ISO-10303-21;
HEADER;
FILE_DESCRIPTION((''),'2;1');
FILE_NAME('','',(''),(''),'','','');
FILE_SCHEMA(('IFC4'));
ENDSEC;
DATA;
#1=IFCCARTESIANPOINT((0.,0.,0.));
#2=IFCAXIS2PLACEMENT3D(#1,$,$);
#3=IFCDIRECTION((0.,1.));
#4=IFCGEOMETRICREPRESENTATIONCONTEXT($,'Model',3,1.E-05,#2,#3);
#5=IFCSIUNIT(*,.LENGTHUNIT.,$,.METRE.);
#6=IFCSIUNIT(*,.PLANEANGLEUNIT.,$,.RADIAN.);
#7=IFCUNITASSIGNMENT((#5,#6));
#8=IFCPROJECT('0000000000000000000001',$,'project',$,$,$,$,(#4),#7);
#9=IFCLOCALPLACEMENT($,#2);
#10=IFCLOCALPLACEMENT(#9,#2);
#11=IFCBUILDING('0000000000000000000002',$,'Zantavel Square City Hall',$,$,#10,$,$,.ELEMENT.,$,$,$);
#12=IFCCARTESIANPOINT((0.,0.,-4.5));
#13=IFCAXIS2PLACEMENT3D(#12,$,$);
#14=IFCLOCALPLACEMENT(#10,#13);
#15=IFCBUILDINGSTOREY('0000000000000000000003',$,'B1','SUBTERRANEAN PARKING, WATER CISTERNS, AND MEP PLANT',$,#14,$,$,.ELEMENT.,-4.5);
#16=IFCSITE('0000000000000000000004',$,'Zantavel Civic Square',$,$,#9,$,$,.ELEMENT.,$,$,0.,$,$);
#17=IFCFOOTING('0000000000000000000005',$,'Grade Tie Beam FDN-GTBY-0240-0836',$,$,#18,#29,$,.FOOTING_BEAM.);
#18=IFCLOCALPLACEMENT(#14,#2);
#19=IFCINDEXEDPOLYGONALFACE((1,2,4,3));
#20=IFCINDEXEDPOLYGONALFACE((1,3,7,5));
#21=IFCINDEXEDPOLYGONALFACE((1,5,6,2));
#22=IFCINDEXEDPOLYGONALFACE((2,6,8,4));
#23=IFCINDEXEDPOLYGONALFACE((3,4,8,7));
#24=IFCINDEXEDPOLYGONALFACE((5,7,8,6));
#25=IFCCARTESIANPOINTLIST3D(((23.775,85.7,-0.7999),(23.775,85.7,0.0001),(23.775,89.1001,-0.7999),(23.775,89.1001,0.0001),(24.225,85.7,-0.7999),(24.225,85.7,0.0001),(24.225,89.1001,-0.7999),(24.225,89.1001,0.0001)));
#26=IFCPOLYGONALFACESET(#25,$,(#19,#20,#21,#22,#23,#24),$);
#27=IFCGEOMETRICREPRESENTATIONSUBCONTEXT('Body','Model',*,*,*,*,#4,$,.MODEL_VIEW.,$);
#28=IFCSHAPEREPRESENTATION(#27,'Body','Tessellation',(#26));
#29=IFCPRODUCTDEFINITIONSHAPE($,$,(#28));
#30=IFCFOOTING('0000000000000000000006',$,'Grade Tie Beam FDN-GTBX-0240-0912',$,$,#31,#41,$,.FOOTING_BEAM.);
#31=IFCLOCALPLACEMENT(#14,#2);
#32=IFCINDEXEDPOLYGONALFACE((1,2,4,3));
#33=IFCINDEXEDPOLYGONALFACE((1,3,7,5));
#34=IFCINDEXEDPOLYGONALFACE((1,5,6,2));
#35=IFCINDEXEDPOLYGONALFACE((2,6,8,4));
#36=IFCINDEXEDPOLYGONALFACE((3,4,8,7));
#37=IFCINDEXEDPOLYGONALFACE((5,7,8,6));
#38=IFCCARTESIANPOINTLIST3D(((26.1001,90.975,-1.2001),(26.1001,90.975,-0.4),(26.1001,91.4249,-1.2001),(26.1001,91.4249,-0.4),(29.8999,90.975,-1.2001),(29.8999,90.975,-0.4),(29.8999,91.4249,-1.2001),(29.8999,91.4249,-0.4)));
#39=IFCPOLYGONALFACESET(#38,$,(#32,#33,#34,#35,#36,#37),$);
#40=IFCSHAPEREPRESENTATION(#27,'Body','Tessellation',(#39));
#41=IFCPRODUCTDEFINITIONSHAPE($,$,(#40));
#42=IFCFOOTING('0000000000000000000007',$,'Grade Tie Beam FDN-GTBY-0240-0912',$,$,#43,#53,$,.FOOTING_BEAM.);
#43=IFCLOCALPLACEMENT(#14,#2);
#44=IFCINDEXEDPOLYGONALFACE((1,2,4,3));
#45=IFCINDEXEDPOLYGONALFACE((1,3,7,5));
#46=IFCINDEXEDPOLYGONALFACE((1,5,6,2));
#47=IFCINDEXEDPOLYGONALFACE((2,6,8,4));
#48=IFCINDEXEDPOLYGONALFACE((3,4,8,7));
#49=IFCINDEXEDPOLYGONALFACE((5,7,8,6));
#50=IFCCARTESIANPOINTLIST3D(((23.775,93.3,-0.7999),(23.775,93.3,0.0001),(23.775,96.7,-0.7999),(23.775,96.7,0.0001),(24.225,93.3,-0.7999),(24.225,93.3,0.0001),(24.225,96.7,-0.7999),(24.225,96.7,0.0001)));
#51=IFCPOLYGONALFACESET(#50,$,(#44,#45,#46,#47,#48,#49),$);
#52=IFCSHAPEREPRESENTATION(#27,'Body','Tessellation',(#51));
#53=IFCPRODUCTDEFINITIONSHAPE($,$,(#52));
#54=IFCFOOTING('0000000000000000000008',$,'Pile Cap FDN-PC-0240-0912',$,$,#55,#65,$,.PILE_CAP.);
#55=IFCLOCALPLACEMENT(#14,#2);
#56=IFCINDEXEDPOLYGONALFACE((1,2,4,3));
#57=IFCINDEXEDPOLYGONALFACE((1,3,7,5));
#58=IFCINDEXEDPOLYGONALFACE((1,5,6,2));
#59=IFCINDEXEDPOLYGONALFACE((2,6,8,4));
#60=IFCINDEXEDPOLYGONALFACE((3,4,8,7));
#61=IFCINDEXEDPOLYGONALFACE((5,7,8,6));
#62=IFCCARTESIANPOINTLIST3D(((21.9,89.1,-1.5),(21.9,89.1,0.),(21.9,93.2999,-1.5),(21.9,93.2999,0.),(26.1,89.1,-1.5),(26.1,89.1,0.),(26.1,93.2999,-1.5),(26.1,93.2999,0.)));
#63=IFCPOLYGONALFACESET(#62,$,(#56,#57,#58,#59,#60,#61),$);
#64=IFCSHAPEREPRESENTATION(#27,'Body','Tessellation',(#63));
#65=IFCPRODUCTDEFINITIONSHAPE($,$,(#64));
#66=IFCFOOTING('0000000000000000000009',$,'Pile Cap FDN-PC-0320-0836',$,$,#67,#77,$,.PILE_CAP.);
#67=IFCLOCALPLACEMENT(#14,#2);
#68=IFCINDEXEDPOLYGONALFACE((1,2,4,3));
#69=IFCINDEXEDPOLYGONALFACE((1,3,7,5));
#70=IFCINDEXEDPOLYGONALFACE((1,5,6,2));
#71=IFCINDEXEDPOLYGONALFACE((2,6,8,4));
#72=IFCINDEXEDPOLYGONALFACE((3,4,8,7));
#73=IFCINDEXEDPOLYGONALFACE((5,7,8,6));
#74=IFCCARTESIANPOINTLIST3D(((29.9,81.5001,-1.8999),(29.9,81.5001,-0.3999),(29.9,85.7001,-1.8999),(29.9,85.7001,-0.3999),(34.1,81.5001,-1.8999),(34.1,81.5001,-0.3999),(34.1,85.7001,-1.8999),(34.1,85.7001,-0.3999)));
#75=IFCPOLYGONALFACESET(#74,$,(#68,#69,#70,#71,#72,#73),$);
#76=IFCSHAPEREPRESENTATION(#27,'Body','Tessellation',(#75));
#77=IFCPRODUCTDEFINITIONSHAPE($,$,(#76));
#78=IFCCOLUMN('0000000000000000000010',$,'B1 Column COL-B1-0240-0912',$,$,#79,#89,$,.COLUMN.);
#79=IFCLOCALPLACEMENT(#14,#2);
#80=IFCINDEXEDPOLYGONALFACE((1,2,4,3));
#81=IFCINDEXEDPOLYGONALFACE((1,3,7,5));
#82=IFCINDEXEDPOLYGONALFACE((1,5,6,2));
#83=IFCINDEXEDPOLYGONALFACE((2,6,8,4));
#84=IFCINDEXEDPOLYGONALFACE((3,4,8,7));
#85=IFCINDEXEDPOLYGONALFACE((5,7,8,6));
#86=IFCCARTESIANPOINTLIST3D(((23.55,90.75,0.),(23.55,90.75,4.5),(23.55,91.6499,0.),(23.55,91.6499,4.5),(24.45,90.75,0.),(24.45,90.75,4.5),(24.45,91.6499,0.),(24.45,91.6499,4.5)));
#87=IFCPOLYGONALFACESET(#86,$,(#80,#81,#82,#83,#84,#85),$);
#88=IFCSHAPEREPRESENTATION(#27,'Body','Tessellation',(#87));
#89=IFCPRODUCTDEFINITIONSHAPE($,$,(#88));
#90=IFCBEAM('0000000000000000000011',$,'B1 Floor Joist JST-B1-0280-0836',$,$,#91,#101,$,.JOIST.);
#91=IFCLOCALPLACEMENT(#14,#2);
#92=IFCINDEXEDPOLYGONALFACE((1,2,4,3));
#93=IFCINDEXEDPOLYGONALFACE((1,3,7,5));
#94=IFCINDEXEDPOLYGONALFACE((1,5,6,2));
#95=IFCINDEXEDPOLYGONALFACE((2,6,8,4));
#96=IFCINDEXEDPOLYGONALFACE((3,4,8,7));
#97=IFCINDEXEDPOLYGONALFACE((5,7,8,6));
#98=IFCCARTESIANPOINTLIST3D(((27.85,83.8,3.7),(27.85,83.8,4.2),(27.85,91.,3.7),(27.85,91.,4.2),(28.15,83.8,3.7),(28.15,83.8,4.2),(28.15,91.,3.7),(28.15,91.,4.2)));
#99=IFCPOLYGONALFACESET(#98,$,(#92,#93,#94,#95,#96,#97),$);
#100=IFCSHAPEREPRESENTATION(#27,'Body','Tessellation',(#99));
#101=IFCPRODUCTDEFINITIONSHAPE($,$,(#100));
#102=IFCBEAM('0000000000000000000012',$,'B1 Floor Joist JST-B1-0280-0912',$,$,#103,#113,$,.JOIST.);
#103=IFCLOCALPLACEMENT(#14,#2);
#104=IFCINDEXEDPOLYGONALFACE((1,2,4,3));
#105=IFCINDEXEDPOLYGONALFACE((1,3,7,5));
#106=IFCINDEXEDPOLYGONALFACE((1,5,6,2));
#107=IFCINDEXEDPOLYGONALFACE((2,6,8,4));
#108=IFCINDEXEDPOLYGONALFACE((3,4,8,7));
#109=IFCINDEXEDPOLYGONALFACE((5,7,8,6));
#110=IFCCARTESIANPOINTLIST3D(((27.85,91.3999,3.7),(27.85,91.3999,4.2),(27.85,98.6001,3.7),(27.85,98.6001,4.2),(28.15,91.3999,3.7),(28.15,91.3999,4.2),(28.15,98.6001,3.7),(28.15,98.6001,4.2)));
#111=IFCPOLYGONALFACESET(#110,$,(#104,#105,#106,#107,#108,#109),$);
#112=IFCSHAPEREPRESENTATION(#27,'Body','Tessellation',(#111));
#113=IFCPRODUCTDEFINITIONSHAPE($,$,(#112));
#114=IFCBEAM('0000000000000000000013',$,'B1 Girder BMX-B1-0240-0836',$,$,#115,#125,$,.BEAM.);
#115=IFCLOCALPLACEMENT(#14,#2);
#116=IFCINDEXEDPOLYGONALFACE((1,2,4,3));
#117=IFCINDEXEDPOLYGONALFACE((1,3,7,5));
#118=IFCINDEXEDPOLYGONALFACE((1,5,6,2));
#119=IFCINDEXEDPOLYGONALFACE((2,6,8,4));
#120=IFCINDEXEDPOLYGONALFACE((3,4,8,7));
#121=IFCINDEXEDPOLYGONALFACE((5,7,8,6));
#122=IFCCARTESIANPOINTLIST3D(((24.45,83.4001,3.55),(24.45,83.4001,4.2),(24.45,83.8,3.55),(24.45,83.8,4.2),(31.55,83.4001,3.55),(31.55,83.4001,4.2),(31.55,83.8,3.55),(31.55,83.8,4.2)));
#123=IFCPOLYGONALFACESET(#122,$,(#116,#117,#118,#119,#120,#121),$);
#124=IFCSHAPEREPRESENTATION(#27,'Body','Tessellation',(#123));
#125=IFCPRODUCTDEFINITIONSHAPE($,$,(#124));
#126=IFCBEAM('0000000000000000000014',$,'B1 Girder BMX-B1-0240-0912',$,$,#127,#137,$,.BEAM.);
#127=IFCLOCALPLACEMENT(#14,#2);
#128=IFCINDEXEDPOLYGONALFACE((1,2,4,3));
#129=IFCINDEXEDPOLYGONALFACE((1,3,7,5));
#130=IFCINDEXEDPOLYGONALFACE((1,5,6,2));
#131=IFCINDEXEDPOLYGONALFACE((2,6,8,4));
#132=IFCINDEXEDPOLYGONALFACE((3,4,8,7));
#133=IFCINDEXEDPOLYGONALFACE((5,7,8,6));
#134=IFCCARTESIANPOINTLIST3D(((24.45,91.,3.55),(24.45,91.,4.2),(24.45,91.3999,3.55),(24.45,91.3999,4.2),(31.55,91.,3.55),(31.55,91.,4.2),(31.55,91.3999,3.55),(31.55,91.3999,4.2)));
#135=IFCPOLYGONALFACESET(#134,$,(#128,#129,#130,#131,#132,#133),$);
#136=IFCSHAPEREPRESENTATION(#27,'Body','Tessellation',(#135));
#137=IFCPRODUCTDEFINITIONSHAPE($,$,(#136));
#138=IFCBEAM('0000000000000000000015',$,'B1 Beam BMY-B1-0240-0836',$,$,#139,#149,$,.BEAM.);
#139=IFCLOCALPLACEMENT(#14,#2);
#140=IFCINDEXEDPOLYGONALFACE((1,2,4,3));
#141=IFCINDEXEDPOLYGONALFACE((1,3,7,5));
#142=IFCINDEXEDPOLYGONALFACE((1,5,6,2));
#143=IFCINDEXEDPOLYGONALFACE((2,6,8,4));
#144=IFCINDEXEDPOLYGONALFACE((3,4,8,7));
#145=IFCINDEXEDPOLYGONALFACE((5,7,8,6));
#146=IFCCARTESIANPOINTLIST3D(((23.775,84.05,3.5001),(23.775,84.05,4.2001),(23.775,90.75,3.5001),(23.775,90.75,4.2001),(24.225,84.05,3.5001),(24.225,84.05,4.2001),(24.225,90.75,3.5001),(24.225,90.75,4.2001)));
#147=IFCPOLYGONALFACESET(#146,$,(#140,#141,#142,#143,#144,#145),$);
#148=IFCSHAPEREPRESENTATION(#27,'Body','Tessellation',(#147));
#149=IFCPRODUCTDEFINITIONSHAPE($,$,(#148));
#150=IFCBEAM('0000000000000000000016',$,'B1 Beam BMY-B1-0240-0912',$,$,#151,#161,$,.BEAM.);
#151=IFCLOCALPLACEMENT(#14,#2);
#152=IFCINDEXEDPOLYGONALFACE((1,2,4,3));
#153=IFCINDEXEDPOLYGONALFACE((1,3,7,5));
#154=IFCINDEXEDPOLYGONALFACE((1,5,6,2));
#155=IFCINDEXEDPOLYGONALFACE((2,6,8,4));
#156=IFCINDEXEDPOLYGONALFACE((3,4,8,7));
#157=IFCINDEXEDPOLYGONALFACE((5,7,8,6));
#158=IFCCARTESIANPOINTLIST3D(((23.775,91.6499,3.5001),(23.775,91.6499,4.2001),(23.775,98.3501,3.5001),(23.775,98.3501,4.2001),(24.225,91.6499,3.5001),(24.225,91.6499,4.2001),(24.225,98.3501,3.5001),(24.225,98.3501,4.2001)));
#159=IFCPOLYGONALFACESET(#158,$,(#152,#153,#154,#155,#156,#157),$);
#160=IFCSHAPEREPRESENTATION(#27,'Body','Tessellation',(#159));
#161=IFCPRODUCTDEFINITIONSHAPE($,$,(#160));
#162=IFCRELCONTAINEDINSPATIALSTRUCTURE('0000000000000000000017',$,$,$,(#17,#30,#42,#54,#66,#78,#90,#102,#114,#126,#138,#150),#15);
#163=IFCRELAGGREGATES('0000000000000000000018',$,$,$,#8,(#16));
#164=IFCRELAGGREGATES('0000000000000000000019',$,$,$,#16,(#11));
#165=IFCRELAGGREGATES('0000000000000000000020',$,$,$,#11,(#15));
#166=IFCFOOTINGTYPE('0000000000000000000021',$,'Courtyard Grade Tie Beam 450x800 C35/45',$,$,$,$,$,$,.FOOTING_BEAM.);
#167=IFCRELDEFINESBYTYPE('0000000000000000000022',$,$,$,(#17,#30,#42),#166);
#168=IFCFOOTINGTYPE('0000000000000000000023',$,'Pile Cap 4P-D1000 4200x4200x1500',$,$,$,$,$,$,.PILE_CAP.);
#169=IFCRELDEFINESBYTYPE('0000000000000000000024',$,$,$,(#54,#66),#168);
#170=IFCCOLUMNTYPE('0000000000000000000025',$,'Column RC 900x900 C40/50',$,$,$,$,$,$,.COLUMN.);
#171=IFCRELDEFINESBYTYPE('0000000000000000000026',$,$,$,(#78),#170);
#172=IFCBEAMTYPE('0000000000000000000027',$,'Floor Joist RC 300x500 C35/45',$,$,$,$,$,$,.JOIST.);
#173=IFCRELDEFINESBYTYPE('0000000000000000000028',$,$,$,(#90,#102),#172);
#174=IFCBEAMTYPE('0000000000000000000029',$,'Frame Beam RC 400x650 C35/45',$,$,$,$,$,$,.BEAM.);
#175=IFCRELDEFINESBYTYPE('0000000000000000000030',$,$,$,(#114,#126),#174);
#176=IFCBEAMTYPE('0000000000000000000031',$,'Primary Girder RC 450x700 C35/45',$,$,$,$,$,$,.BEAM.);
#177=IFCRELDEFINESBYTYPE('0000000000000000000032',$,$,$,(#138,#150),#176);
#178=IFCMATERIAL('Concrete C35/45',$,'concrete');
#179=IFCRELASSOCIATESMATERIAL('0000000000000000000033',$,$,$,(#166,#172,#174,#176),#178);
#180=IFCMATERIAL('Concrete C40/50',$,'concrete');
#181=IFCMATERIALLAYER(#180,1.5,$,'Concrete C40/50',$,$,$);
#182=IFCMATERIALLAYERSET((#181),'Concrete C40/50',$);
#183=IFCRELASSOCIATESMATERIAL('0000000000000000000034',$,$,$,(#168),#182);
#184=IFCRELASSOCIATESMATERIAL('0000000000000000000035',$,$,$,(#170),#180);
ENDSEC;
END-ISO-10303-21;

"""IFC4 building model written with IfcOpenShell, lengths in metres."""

from ifc_helpers import new_model, si_unit, direction, frame, origin, origin_2d, place, context, subcontext, project, spatial, rectangle, extrude, material, layer, layer_set, material_profile, profile_set, type_object, element, save


model = new_model("IFC4")

# Units and contexts
model_context = context("Model", 3, precision=1e-05, world=origin(), true_north=direction((0.0, 1.0)))
body_context = subcontext(model_context, "Body", "Model", "MODEL_VIEW")
ifc_project = project(units=[si_unit("LENGTHUNIT", "METRE"), si_unit("PLANEANGLEUNIT", "RADIAN")], contexts=[model_context])

# Site, building, storey
site_placement = place(None, origin())
site = spatial("IfcSite", under=ifc_project, at=site_placement, Name="Zantavel Civic Square", CompositionType="ELEMENT", RefElevation=0.0)
building_placement = place(site_placement, origin())
building = spatial("IfcBuilding", under=site, at=building_placement, Name="Zantavel Square City Hall", CompositionType="ELEMENT")
storey_placement = place(building_placement, frame((0.0, 0.0, -4.5)))
storey = spatial("IfcBuildingStorey", under=building, at=storey_placement, Name="B1", Description="SUBTERRANEAN PARKING, WATER CISTERNS, AND MEP PLANT", CompositionType="ELEMENT", Elevation=-4.5)

# Shared definitions
ifc_material_1 = material(Name="Concrete C35/45", Category="concrete")

# Footings
ifc_material_profile_1 = material_profile(ifc_material_1, rectangle(XDim=0.45, YDim=0.8, at=origin_2d()), Name="RC 450x800")
ifc_profile_set_1 = profile_set([ifc_material_profile_1], Name="Concrete C35/45")
footing_type_1 = type_object("IfcFootingType", Name="Courtyard Grade Tie Beam 450x800 C35/45", PredefinedType="FOOTING_BEAM", material=ifc_profile_set_1)
footing_1_placement = place(storey_placement, frame((24.0, 85.7, -0.3999), z_axis=(0.0, 1.0, 0.0), x_axis=(-1.0, 0.0, 0.0)))
element("IfcFooting", 1, at=footing_1_placement, inside=storey, type_object=footing_type_1, Name="Grade Tie Beam FDN-GTBY-0240-0836", PredefinedType="FOOTING_BEAM", context=body_context, shape_type="SweptSolid", body=[
    extrude(rectangle(XDim=0.45, YDim=0.8, at=origin_2d()), origin(), (0.0, 0.0, 1.0), 3.4001),
])
footing_2_placement = place(storey_placement, frame((26.1001, 91.2, -0.8), z_axis=(1.0, 0.0, 0.0), x_axis=(0.0, 1.0, 0.0)))
element("IfcFooting", 2, at=footing_2_placement, inside=storey, type_object=footing_type_1, Name="Grade Tie Beam FDN-GTBX-0240-0912", PredefinedType="FOOTING_BEAM", context=body_context, shape_type="SweptSolid", body=[
    extrude(rectangle(XDim=0.45, YDim=0.8, at=origin_2d()), origin(), (0.0, 0.0, 1.0), 3.7998),
])
footing_3_placement = place(storey_placement, frame((24.0, 93.3, -0.3999), z_axis=(0.0, 1.0, 0.0), x_axis=(-1.0, 0.0, 0.0)))
element("IfcFooting", 3, at=footing_3_placement, inside=storey, type_object=footing_type_1, Name="Grade Tie Beam FDN-GTBY-0240-0912", PredefinedType="FOOTING_BEAM", context=body_context, shape_type="SweptSolid", body=[
    extrude(rectangle(XDim=0.45, YDim=0.8, at=origin_2d()), origin(), (0.0, 0.0, 1.0), 3.3999),
])
ifc_material_2 = material(Name="Concrete C40/50", Category="concrete")
ifc_layer = layer(ifc_material_2, 1.5, Name="Concrete C40/50")
ifc_layer_set = layer_set([ifc_layer], Name="Concrete C40/50")
footing_type_2 = type_object("IfcFootingType", Name="Pile Cap 4P-D1000 4200x4200x1500", PredefinedType="PILE_CAP", material=ifc_layer_set)
for number, where, z_axis, x_axis, name in (
    (4, (24.0, 91.2, -1.5), (0.0, 0.0, 1.0), (1.0, 0.0, 0.0), "Pile Cap FDN-PC-0240-0912"),
    (5, (32.0, 83.6001, -1.8999), (0.0, 0.0, 1.0), (1.0, 0.0, 0.0), "Pile Cap FDN-PC-0320-0836"),
):
    element("IfcFooting", number, at=place(storey_placement, frame(where, z_axis=z_axis, x_axis=x_axis)), inside=storey, type_object=footing_type_2, Name=name, PredefinedType="PILE_CAP", context=body_context, shape_type="SweptSolid", body=[
        extrude(rectangle(XDim=4.2, YDim=4.2, at=origin_2d()), origin(), (0.0, 0.0, 1.0), 1.5),
    ])

# Column
ifc_material_profile_2 = material_profile(ifc_material_2, rectangle(XDim=0.8999, YDim=0.8999, at=origin_2d()), Name="RC 900x900")
ifc_profile_set_2 = profile_set([ifc_material_profile_2], Name="Concrete C40/50")
column_type = type_object("IfcColumnType", Name="Column RC 900x900 C40/50", PredefinedType="COLUMN", material=ifc_profile_set_2)
column_placement = place(storey_placement, frame((24.0, 91.2, 0.0), z_axis=(0.0, 0.0, 1.0), x_axis=(1.0, 0.0, 0.0)))
element("IfcColumn", 6, at=column_placement, inside=storey, type_object=column_type, Name="B1 Column COL-B1-0240-0912", PredefinedType="COLUMN", context=body_context, shape_type="SweptSolid", body=[
    extrude(rectangle(XDim=0.8999, YDim=0.8999, at=origin_2d()), origin(), (0.0, 0.0, 1.0), 4.5),
])

# Beams
ifc_material_profile_3 = material_profile(ifc_material_1, rectangle(XDim=0.3, YDim=0.5, at=origin_2d()), Name="RC 300x500")
ifc_profile_set_3 = profile_set([ifc_material_profile_3], Name="Concrete C35/45")
beam_type_1 = type_object("IfcBeamType", Name="Floor Joist RC 300x500 C35/45", PredefinedType="JOIST", material=ifc_profile_set_3)
beam_1_placement = place(storey_placement, frame((28.0, 83.8, 3.95), z_axis=(0.0, 1.0, 0.0), x_axis=(-1.0, 0.0, 0.0)))
element("IfcBeam", 7, at=beam_1_placement, inside=storey, type_object=beam_type_1, Name="B1 Floor Joist JST-B1-0280-0836", PredefinedType="JOIST", context=body_context, shape_type="SweptSolid", body=[
    extrude(rectangle(XDim=0.3, YDim=0.5, at=origin_2d()), origin(), (0.0, 0.0, 1.0), 7.2),
])
beam_2_placement = place(storey_placement, frame((28.0, 91.3999, 3.95), z_axis=(0.0, 1.0, 0.0), x_axis=(-1.0, 0.0, 0.0)))
element("IfcBeam", 8, at=beam_2_placement, inside=storey, type_object=beam_type_1, Name="B1 Floor Joist JST-B1-0280-0912", PredefinedType="JOIST", context=body_context, shape_type="SweptSolid", body=[
    extrude(rectangle(XDim=0.3, YDim=0.5, at=origin_2d()), origin(), (0.0, 0.0, 1.0), 7.2002),
])
ifc_material_profile_4 = material_profile(ifc_material_1, rectangle(XDim=0.3999, YDim=0.6499, at=origin_2d()), Name="RC 400x650")
ifc_profile_set_4 = profile_set([ifc_material_profile_4], Name="Concrete C35/45")
beam_type_2 = type_object("IfcBeamType", Name="Frame Beam RC 400x650 C35/45", PredefinedType="BEAM", material=ifc_profile_set_4)
for number, where, z_axis, x_axis, name in (
    (9, (24.45, 83.6001, 3.875), (1.0, 0.0, 0.0), (0.0, 1.0, 0.0), "B1 Girder BMX-B1-0240-0836"),
    (10, (24.45, 91.2, 3.875), (1.0, 0.0, 0.0), (0.0, 1.0, 0.0), "B1 Girder BMX-B1-0240-0912"),
):
    element("IfcBeam", number, at=place(storey_placement, frame(where, z_axis=z_axis, x_axis=x_axis)), inside=storey, type_object=beam_type_2, Name=name, PredefinedType="BEAM", context=body_context, shape_type="SweptSolid", body=[
        extrude(rectangle(XDim=0.3999, YDim=0.6499, at=origin_2d()), origin(), (0.0, 0.0, 1.0), 7.1001),
    ])
ifc_material_profile_5 = material_profile(ifc_material_1, rectangle(XDim=0.45, YDim=0.7, at=origin_2d()), Name="RC 450x700")
ifc_profile_set_5 = profile_set([ifc_material_profile_5], Name="Concrete C35/45")
beam_type_3 = type_object("IfcBeamType", Name="Primary Girder RC 450x700 C35/45", PredefinedType="BEAM", material=ifc_profile_set_5)
beam_3_placement = place(storey_placement, frame((24.0, 84.05, 3.8501), z_axis=(0.0, 1.0, 0.0), x_axis=(-1.0, 0.0, 0.0)))
element("IfcBeam", 11, at=beam_3_placement, inside=storey, type_object=beam_type_3, Name="B1 Beam BMY-B1-0240-0836", PredefinedType="BEAM", context=body_context, shape_type="SweptSolid", body=[
    extrude(rectangle(XDim=0.45, YDim=0.7, at=origin_2d()), origin(), (0.0, 0.0, 1.0), 6.7),
])
beam_4_placement = place(storey_placement, frame((24.0, 91.6499, 3.8501), z_axis=(0.0, 1.0, 0.0), x_axis=(-1.0, 0.0, 0.0)))
element("IfcBeam", 12, at=beam_4_placement, inside=storey, type_object=beam_type_3, Name="B1 Beam BMY-B1-0240-0912", PredefinedType="BEAM", context=body_context, shape_type="SweptSolid", body=[
    extrude(rectangle(XDim=0.45, YDim=0.7, at=origin_2d()), origin(), (0.0, 0.0, 1.0), 6.7002),
])

save(model, "model.ifc")
